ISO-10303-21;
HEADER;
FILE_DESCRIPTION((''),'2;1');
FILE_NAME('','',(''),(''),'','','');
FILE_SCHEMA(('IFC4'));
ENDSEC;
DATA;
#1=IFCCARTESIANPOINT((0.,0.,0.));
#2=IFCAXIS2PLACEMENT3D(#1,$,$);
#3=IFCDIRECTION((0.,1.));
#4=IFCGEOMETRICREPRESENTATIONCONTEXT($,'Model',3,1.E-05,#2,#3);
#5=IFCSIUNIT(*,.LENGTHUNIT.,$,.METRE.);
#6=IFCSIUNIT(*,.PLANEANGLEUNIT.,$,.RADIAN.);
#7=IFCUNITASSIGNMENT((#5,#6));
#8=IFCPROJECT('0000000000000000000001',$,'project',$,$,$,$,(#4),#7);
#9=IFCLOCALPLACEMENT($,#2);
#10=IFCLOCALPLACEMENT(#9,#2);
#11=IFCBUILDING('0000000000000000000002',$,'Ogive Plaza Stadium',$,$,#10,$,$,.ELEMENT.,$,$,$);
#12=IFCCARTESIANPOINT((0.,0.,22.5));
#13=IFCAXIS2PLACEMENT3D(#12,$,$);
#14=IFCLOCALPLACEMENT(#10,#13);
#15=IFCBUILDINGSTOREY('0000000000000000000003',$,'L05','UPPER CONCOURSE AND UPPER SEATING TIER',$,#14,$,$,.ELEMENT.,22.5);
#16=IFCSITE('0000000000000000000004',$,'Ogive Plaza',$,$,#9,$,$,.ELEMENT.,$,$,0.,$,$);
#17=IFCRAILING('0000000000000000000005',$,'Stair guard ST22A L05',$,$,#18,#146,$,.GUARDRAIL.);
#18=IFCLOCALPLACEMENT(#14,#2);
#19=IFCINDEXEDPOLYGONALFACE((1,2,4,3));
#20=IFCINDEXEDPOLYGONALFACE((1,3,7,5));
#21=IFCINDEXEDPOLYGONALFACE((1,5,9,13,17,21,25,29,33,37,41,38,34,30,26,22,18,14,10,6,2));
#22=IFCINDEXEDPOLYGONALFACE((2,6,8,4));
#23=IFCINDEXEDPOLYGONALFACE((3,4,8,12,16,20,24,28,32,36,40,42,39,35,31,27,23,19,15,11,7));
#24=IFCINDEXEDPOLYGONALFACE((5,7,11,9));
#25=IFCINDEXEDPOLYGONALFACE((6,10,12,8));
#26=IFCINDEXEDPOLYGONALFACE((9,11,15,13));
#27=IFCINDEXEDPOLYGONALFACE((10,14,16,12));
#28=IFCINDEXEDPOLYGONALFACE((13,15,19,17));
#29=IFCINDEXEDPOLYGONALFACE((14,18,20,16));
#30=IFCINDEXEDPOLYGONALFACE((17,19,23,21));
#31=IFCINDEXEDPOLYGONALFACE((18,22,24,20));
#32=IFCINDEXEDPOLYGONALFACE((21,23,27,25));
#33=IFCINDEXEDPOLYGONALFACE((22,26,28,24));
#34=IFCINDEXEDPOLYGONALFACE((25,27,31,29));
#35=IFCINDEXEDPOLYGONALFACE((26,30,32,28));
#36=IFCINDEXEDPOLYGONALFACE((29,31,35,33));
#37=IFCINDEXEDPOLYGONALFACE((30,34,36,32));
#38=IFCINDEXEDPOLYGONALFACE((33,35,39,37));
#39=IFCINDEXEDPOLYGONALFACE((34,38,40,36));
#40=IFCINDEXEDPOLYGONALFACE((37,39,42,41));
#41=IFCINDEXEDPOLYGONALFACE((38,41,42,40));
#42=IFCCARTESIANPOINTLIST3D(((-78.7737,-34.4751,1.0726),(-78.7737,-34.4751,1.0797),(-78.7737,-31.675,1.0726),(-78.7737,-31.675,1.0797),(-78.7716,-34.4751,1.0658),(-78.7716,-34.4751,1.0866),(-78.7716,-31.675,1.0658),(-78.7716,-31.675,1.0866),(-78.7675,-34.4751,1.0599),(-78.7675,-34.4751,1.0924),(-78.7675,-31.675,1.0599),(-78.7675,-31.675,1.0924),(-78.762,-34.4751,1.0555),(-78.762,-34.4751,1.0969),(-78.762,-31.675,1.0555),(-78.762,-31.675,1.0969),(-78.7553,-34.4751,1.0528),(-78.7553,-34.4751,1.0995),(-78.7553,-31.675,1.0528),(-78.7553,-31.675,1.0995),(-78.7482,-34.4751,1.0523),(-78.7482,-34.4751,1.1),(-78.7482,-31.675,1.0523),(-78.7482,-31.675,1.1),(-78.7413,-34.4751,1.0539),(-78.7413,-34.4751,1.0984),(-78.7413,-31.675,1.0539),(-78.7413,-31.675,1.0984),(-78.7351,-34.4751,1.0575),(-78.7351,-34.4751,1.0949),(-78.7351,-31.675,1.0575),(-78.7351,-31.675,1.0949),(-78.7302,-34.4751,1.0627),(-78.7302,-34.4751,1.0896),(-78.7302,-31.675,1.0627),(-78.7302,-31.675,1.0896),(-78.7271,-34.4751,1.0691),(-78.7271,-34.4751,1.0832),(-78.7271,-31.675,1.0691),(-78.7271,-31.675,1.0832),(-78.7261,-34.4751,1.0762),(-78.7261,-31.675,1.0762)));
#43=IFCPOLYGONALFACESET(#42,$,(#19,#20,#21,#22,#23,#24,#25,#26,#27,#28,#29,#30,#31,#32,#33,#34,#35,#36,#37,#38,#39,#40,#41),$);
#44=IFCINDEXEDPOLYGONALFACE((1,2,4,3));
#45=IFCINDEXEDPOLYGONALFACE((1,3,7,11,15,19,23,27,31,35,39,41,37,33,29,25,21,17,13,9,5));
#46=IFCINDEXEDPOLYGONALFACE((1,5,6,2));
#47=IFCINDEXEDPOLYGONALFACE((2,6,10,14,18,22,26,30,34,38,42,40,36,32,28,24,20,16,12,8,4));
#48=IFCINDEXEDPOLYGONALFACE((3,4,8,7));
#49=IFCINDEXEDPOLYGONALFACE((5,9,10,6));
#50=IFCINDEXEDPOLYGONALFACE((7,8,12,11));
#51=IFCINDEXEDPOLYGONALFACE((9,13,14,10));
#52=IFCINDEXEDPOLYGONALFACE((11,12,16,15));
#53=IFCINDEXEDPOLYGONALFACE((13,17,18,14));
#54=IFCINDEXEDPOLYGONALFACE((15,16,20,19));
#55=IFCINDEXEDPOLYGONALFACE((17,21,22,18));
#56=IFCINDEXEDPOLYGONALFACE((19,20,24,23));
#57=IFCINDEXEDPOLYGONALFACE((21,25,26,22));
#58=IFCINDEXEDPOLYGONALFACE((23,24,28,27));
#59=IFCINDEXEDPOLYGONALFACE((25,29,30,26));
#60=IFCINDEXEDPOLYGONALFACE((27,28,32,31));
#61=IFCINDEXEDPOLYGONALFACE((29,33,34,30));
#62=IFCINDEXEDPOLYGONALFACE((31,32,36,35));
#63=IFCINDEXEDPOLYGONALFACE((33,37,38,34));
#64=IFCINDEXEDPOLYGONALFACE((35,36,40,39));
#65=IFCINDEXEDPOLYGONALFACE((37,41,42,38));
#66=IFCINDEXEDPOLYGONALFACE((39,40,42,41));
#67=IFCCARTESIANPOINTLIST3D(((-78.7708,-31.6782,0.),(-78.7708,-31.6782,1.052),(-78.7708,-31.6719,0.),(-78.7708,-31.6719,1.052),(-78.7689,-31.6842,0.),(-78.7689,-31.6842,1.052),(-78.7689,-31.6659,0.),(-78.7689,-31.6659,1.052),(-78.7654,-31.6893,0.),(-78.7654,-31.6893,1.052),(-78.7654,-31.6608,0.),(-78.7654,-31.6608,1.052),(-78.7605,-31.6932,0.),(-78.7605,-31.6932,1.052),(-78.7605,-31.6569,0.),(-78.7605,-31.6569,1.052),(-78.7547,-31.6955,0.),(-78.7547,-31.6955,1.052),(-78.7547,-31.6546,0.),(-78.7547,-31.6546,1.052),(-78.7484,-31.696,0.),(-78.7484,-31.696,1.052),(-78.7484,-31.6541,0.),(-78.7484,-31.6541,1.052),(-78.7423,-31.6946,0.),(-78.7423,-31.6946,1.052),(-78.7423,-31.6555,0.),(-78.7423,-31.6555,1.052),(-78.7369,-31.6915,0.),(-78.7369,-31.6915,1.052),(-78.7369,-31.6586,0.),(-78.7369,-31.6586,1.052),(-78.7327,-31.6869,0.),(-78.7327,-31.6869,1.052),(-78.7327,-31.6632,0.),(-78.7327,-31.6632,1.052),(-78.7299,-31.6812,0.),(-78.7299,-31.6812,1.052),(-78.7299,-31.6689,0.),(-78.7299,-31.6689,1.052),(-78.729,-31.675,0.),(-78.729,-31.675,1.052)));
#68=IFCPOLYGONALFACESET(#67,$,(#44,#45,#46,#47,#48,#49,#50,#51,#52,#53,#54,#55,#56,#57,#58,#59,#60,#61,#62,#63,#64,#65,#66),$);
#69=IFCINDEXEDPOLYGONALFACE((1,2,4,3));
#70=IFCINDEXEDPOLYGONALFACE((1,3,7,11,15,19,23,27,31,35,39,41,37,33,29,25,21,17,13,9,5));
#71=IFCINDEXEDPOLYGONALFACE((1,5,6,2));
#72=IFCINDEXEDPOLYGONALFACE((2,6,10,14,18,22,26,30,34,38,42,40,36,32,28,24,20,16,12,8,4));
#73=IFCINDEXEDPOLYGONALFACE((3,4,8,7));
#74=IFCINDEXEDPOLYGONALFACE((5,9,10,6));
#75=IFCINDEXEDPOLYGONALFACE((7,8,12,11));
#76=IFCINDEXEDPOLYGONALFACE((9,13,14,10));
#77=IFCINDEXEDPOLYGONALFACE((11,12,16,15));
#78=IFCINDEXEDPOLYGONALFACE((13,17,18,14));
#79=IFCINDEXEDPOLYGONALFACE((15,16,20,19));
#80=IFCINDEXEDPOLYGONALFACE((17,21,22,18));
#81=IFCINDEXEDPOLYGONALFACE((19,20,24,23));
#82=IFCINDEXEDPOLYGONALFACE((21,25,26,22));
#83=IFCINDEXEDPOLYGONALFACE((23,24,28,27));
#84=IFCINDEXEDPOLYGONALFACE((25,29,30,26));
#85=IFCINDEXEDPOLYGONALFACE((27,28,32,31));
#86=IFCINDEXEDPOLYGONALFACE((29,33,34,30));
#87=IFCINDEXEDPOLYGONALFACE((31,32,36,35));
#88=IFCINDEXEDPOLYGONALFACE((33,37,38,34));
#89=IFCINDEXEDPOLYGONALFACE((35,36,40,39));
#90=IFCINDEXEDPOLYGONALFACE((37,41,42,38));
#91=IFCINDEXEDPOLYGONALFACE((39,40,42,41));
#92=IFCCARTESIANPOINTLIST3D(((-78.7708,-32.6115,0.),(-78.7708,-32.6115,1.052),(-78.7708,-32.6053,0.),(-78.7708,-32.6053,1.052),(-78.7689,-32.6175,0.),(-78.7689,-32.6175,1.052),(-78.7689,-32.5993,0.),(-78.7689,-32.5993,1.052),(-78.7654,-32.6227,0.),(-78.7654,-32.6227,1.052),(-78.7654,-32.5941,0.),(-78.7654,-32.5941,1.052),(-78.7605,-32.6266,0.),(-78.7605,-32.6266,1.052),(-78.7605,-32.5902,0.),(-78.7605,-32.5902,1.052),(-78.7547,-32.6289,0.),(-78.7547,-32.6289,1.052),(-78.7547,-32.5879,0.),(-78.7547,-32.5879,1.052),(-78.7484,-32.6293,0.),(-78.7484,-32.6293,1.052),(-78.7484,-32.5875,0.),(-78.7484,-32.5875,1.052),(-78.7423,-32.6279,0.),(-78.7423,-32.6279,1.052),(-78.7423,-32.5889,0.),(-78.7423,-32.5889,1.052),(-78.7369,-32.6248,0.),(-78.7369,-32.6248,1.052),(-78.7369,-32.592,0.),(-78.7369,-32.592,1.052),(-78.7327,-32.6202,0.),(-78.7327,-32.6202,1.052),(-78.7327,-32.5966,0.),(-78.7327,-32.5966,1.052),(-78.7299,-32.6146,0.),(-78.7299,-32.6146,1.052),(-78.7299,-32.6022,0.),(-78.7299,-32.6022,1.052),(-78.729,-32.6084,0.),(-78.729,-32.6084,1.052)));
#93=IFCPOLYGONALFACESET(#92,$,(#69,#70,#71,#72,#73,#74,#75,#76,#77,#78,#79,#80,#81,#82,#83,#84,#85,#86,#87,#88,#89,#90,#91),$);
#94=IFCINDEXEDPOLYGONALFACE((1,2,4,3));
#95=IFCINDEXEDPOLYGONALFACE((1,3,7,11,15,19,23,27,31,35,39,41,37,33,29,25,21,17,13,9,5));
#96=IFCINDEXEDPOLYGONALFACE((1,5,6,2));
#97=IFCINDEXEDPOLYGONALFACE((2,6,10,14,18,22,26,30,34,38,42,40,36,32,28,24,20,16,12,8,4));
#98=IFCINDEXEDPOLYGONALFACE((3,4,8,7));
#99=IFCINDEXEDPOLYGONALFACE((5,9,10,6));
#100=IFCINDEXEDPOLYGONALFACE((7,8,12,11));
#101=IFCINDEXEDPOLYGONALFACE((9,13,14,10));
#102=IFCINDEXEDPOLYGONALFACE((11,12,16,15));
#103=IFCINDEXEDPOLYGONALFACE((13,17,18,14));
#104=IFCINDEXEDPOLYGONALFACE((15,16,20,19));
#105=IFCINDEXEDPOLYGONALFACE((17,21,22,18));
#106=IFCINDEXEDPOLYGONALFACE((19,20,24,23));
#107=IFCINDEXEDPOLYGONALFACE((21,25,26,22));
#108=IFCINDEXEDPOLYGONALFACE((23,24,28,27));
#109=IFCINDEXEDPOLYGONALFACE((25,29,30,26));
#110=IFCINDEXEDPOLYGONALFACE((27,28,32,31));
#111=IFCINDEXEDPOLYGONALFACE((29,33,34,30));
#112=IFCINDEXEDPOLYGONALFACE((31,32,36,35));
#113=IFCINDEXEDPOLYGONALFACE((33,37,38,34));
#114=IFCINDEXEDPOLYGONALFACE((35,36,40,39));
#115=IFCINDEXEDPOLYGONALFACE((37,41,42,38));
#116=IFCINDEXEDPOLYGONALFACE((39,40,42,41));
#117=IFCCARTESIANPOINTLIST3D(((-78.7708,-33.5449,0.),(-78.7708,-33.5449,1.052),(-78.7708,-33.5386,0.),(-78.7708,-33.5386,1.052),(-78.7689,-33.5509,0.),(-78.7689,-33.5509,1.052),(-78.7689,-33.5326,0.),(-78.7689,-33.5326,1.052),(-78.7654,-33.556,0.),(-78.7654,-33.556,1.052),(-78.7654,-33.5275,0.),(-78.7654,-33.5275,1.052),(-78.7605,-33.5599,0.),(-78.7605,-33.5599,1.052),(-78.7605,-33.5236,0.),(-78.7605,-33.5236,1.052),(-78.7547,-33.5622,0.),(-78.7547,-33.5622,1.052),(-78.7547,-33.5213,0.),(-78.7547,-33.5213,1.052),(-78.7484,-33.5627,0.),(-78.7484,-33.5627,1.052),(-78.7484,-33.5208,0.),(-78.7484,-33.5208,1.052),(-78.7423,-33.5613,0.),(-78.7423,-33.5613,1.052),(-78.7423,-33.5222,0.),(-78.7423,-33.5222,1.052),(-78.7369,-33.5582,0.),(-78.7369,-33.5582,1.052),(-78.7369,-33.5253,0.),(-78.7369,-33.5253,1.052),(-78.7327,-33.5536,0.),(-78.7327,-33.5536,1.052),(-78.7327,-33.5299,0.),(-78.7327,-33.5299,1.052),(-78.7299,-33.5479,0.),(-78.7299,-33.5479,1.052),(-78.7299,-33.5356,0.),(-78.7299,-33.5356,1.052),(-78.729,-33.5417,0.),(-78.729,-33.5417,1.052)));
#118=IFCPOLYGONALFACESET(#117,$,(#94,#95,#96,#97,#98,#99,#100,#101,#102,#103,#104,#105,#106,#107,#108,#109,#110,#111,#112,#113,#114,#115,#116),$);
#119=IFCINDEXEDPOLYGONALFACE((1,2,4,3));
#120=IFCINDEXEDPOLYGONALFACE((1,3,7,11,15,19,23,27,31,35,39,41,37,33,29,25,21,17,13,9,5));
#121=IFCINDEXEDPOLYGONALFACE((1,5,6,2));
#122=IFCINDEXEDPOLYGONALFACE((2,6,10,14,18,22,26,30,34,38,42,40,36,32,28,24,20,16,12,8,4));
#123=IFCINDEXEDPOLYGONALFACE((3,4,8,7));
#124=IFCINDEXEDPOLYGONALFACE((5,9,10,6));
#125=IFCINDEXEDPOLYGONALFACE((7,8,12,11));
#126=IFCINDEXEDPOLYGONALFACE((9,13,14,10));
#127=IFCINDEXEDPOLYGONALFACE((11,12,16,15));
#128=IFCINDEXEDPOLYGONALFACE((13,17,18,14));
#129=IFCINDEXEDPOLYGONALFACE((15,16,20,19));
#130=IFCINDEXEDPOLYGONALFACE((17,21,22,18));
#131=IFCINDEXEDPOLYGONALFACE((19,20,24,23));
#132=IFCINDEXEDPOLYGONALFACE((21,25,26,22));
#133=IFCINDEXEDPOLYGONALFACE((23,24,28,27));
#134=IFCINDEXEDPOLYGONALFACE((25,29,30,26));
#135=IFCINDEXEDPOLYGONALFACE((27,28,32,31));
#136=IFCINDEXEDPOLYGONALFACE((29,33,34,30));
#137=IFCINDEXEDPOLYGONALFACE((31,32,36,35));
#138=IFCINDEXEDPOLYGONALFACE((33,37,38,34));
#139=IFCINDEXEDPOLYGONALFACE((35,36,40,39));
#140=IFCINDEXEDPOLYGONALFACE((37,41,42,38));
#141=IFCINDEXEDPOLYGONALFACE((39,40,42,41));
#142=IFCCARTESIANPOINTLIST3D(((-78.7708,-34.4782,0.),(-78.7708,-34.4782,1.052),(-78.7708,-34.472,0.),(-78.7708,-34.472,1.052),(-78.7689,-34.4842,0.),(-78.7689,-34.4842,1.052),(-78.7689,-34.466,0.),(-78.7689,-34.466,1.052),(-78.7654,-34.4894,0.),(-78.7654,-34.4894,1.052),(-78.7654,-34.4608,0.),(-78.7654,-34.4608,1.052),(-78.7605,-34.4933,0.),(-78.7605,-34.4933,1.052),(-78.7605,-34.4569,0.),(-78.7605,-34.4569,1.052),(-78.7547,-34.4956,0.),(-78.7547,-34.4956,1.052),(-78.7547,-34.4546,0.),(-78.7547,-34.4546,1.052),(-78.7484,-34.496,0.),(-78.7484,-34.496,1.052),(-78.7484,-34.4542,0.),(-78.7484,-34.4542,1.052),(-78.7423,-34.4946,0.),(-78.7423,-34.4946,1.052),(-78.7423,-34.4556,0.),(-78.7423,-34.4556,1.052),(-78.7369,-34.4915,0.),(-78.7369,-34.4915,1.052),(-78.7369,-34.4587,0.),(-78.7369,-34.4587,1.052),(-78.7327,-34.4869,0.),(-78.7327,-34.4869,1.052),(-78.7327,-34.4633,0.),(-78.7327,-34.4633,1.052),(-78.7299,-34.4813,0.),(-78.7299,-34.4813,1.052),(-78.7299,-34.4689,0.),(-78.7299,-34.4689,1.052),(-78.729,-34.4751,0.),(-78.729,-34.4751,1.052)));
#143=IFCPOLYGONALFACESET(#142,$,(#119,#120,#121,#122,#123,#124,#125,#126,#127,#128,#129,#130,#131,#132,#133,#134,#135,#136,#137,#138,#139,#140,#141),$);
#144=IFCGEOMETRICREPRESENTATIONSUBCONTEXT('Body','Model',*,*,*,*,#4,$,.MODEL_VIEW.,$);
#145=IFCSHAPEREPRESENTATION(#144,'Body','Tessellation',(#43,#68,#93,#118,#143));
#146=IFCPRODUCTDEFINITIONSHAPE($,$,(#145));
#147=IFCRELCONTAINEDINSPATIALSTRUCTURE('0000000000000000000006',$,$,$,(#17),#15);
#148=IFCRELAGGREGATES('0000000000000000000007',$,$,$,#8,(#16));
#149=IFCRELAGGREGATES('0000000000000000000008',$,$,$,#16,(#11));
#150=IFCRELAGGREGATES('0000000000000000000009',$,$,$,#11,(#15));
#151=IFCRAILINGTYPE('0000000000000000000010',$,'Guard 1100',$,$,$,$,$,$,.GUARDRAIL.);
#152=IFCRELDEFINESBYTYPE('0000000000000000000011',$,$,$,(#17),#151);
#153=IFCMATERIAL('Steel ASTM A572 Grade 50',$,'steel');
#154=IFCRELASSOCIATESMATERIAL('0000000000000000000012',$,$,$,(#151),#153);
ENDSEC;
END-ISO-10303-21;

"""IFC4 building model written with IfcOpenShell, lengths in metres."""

from ifc_helpers import new_model, si_unit, direction, frame, origin, origin_2d, place, context, subcontext, project, spatial, circle, extrude, material, type_object, element, save


model = new_model("IFC4")

# Units and contexts
model_context = context("Model", 3, precision=1e-05, world=origin(), true_north=direction((0.0, 1.0)))
body_context = subcontext(model_context, "Body", "Model", "MODEL_VIEW")
ifc_project = project(units=[si_unit("LENGTHUNIT", "METRE"), si_unit("PLANEANGLEUNIT", "RADIAN")], contexts=[model_context])

# Site, building, storey
site_placement = place(None, origin())
site = spatial("IfcSite", under=ifc_project, at=site_placement, Name="Ogive Plaza", CompositionType="ELEMENT", RefElevation=0.0)
building_placement = place(site_placement, origin())
building = spatial("IfcBuilding", under=site, at=building_placement, Name="Ogive Plaza Stadium", CompositionType="ELEMENT")
storey_placement = place(building_placement, frame((0.0, 0.0, 22.5)))
storey = spatial("IfcBuildingStorey", under=building, at=storey_placement, Name="L05", Description="UPPER CONCOURSE AND UPPER SEATING TIER", CompositionType="ELEMENT", Elevation=22.5)

# Railing
ifc_material_1 = material(Name="Steel ASTM A572 Grade 50", Category="steel")
railing_type = type_object("IfcRailingType", Name="Guard 1100", PredefinedType="GUARDRAIL", material=ifc_material_1)
for number, where, name in (
    (1, (-78.75, -31.675, 0.0), "Stair guard ST22A L05"),
):
    element("IfcRailing", number, at=place(storey_placement, frame(where)), inside=storey, type_object=railing_type, Name=name, PredefinedType="GUARDRAIL", context=body_context, shape_type="SweptSolid", body=[
        extrude(circle(Radius=0.0239, at=origin_2d()), frame((0.0, 0.0, 1.0762), z_axis=(0.0, -1.0, 0.0), x_axis=(1.0, 0.0, 0.0)), (0.0, 0.0, 1.0), 2.8),
        extrude(circle(Radius=0.021, at=origin_2d()), origin(), (0.0, 0.0, 1.0), 1.052),
        extrude(circle(Radius=0.021, at=origin_2d()), frame((0.0, -0.9333, 0.0)), (0.0, 0.0, 1.0), 1.052),
        extrude(circle(Radius=0.021, at=origin_2d()), frame((0.0, -1.8667, 0.0)), (0.0, 0.0, 1.0), 1.052),
        extrude(circle(Radius=0.021, at=origin_2d()), frame((0.0, -2.8, 0.0)), (0.0, 0.0, 1.0), 1.052),
    ])

save(model, "model.ifc")
